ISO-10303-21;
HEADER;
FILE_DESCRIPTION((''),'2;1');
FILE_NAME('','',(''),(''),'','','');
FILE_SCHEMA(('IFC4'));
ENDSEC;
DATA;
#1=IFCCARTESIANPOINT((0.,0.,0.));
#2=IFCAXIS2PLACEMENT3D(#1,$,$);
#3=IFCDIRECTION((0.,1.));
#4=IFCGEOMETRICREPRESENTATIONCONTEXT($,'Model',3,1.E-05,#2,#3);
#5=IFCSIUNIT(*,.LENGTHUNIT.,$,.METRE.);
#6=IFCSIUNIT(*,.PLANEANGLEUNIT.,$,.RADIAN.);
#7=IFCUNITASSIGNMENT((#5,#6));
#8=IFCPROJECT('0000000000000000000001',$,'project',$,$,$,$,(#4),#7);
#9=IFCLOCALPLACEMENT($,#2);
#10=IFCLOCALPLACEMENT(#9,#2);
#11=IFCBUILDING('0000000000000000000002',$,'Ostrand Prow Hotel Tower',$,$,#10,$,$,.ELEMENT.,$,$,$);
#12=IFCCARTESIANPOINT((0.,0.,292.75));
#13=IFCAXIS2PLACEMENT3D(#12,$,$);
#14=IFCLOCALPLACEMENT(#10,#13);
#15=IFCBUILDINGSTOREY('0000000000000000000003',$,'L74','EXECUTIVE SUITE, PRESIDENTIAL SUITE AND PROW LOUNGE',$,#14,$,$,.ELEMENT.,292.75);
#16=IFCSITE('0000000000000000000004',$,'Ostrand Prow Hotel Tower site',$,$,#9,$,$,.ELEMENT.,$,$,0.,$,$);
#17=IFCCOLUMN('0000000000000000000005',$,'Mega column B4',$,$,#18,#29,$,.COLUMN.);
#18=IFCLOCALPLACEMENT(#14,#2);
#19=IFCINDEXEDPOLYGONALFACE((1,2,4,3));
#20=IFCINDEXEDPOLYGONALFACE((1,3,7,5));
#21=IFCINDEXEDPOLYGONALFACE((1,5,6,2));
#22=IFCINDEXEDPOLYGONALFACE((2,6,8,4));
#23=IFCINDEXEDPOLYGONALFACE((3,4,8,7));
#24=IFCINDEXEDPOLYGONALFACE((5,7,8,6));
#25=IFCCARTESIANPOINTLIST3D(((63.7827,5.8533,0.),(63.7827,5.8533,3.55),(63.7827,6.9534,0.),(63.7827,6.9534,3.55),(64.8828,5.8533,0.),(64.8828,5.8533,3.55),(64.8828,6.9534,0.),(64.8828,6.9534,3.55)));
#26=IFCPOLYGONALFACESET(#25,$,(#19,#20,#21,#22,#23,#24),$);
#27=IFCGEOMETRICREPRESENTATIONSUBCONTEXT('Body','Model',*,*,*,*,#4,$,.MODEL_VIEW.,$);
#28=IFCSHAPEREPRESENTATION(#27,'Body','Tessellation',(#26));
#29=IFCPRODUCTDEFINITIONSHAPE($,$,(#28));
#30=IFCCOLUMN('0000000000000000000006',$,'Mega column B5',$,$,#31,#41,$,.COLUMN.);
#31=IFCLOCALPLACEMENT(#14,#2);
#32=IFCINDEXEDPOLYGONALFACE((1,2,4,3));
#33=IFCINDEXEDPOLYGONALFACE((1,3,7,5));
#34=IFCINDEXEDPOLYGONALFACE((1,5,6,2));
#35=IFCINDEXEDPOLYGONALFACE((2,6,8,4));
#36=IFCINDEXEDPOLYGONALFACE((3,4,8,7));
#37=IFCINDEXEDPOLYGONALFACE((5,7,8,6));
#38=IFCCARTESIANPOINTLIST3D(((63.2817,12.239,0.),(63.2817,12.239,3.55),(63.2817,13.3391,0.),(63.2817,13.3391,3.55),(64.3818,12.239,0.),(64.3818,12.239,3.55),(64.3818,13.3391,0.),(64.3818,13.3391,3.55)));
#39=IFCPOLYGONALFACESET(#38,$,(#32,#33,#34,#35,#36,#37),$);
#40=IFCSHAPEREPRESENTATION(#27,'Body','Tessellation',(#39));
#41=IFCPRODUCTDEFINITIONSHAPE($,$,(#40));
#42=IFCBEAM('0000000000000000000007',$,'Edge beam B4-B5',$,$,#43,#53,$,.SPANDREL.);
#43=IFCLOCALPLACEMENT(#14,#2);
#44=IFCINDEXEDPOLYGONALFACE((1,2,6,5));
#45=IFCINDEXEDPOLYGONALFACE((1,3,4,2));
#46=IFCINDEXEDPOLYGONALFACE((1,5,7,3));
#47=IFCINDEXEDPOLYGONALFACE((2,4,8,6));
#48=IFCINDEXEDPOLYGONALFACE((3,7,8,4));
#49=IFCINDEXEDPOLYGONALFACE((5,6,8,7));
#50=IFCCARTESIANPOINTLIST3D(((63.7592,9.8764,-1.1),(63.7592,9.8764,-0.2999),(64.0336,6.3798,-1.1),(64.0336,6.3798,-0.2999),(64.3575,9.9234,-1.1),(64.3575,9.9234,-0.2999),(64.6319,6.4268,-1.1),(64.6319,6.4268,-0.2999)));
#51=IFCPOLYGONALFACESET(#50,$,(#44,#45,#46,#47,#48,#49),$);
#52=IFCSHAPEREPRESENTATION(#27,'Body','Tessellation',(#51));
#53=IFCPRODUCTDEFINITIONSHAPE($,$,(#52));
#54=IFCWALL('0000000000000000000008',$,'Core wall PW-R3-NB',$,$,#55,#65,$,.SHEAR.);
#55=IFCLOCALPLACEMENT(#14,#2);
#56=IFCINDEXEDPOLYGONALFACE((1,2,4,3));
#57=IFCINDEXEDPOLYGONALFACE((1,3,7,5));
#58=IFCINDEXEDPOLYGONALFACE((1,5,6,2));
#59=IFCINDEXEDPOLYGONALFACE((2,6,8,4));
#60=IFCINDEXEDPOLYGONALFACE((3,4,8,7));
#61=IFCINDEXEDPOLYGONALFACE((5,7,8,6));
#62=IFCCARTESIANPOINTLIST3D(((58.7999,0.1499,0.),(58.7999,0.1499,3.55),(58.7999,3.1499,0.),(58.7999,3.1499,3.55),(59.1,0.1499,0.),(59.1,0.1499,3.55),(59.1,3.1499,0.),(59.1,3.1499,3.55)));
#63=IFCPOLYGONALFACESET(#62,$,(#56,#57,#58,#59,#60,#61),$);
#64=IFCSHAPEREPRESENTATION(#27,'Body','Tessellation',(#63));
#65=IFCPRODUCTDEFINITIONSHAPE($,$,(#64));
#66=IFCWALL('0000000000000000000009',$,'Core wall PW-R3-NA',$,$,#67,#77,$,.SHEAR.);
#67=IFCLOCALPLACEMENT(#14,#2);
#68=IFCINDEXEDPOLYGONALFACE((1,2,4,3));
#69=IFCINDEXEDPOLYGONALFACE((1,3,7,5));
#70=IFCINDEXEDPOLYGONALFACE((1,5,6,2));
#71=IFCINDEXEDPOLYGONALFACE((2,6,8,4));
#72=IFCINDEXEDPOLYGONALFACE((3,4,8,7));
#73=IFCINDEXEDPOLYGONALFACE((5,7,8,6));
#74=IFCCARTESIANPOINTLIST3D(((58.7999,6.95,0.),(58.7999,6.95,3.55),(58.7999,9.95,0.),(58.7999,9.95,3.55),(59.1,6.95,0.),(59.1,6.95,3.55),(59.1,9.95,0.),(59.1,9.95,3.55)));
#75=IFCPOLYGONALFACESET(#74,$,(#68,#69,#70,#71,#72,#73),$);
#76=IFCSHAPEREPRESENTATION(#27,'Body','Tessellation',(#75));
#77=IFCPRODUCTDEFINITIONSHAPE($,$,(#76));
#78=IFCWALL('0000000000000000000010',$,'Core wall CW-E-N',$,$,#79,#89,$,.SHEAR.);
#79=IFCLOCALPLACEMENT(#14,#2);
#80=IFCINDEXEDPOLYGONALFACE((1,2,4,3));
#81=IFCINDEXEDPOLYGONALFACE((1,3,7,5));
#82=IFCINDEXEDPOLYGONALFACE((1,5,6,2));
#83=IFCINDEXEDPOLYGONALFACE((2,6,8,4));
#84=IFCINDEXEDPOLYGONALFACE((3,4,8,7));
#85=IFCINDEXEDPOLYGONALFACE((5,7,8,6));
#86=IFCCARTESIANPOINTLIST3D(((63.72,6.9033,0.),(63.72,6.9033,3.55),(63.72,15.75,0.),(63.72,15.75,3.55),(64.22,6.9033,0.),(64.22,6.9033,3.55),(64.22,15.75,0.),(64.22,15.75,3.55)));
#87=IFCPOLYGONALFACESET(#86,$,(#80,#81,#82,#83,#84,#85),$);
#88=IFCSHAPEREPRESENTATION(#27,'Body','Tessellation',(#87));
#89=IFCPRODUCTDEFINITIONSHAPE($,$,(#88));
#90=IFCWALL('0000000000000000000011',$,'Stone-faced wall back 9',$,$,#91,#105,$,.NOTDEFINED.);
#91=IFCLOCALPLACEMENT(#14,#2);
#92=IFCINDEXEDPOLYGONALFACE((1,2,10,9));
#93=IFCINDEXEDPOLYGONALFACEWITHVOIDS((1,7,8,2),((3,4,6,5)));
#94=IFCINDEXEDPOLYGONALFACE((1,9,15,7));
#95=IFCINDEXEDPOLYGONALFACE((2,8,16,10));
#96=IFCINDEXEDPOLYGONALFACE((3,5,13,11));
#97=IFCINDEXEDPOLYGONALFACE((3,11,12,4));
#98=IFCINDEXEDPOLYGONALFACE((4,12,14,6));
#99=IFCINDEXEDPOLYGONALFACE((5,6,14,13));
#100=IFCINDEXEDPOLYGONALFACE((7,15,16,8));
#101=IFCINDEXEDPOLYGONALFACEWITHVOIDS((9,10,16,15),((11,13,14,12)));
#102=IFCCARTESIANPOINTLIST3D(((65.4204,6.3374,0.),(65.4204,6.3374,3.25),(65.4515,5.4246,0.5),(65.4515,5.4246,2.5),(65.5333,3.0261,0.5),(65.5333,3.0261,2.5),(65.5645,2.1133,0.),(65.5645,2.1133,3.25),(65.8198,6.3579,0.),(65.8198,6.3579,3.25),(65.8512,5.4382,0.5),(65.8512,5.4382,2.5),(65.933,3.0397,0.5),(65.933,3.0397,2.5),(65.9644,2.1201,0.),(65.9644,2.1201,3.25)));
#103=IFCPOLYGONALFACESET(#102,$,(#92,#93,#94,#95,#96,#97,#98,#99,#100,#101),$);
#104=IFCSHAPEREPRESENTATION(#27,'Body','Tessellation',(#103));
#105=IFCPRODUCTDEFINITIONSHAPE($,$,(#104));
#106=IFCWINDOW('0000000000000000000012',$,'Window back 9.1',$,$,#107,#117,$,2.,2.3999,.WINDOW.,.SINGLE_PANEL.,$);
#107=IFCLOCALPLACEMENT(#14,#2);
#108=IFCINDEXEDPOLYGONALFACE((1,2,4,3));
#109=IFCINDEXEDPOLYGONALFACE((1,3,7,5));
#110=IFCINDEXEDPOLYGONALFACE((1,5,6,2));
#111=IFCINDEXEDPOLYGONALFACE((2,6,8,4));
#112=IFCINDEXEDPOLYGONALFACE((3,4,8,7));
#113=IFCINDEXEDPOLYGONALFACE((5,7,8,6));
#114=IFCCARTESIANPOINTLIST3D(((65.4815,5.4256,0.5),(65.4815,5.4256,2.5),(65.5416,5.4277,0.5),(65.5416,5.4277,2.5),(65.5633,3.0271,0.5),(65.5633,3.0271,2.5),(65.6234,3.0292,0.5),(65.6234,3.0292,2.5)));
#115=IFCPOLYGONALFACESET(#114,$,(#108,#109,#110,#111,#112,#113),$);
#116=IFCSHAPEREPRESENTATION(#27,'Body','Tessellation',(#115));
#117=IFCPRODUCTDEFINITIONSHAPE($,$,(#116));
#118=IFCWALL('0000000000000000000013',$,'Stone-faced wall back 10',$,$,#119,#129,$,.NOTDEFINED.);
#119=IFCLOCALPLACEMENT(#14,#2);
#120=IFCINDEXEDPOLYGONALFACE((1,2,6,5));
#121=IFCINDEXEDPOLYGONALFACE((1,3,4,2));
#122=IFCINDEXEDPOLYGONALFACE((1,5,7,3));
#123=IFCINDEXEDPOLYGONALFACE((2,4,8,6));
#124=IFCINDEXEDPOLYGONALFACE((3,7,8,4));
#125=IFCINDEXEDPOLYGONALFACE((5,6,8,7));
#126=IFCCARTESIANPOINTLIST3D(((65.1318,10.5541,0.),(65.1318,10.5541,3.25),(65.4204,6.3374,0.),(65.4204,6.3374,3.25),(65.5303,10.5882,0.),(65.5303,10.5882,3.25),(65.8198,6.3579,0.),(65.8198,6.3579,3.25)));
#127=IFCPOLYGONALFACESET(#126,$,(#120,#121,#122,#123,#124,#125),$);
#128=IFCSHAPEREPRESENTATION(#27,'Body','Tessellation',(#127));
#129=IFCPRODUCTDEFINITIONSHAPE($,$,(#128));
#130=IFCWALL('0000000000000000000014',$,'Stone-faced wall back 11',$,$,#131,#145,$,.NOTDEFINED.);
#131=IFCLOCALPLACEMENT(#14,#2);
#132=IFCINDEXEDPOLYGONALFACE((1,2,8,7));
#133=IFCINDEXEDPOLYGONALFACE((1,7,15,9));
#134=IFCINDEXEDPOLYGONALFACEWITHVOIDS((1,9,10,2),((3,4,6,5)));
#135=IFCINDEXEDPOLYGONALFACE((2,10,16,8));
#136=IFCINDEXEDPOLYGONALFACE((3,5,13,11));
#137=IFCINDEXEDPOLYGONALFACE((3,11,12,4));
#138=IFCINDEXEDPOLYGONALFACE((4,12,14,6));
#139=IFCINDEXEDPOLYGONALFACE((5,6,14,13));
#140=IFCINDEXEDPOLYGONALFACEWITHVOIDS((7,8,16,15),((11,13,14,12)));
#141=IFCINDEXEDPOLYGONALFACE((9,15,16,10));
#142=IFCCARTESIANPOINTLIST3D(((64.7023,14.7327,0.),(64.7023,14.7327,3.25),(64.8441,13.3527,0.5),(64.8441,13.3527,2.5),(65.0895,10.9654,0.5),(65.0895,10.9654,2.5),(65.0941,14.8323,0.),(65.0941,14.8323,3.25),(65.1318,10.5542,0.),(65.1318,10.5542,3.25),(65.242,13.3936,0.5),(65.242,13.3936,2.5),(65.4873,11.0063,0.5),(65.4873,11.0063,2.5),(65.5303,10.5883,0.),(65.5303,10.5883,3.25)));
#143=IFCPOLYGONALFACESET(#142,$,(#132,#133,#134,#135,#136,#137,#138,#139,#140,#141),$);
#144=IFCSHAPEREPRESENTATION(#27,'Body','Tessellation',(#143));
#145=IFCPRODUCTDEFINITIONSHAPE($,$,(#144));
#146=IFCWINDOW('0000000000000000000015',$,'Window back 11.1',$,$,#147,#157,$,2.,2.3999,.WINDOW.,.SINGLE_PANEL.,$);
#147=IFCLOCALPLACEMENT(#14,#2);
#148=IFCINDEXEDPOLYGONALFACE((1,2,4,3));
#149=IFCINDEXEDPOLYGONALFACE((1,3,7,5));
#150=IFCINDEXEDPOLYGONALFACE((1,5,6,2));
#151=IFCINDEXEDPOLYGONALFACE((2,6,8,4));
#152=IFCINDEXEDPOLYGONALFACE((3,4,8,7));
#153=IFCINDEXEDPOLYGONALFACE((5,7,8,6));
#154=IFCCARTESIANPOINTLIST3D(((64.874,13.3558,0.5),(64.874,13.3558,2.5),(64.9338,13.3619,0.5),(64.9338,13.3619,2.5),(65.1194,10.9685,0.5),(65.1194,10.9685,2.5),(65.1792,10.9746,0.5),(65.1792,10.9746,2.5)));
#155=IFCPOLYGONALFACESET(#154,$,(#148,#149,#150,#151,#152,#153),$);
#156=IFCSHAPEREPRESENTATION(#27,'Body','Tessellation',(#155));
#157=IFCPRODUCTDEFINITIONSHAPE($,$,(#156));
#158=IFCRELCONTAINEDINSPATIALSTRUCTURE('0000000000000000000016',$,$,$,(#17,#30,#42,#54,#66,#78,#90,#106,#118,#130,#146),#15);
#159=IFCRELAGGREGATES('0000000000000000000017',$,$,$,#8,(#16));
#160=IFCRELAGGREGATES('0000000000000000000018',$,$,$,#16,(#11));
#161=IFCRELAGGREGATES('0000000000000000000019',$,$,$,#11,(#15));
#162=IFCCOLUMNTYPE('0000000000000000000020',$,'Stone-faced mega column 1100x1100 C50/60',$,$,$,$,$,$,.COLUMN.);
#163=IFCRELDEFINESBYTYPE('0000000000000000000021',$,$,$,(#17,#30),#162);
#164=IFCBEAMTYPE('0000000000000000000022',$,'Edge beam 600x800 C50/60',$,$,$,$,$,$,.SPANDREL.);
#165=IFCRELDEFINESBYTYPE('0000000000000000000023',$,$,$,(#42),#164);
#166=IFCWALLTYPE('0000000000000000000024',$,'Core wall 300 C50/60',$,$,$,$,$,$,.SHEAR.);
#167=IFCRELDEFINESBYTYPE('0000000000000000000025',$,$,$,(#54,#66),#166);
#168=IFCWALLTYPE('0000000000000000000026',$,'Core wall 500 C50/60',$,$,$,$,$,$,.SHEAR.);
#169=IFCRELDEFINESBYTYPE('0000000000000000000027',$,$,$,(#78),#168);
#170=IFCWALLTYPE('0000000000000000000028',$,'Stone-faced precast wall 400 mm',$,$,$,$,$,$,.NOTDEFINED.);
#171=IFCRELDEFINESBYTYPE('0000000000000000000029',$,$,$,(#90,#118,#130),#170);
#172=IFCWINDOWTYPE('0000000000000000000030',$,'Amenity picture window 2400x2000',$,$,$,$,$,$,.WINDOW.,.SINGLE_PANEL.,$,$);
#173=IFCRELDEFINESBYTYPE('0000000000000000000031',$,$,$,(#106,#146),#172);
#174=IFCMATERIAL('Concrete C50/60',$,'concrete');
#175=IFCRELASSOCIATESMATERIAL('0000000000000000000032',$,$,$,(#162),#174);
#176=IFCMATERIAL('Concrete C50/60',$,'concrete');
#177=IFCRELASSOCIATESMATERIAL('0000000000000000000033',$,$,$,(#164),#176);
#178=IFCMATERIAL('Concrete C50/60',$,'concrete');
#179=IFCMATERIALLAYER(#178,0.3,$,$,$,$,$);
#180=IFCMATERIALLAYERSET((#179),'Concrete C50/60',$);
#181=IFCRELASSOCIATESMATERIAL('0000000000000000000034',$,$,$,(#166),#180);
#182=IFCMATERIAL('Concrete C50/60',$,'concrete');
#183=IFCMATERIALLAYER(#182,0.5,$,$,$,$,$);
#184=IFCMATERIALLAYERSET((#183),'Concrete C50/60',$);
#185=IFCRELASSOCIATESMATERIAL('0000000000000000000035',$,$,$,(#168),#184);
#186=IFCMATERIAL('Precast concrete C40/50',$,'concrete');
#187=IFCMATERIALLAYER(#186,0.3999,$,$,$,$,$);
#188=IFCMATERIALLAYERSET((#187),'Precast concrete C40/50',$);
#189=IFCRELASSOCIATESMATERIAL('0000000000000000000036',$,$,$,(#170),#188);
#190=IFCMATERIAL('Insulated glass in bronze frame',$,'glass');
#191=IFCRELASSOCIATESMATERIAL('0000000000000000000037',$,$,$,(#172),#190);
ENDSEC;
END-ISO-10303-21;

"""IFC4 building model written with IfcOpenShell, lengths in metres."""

from ifc_helpers import new_model, si_unit, direction, frame, frame_2d, origin, origin_2d, place, context, subcontext, project, spatial, polyline, rectangle, outline, extrude, material, layer, layer_set, material_profile, profile_set, type_object, element, fill, save


model = new_model("IFC4")

# Units and contexts
model_context = context("Model", 3, precision=1e-05, world=origin(), true_north=direction((0.0, 1.0)))
body_context = subcontext(model_context, "Body", "Model", "MODEL_VIEW")
ifc_project = project(units=[si_unit("LENGTHUNIT", "METRE"), si_unit("PLANEANGLEUNIT", "RADIAN")], contexts=[model_context])

# Site, building, storey
site_placement = place(None, origin())
site = spatial("IfcSite", under=ifc_project, at=site_placement, Name="Ostrand Prow Hotel Tower site", CompositionType="ELEMENT", RefElevation=0.0)
building_placement = place(site_placement, origin())
building = spatial("IfcBuilding", under=site, at=building_placement, Name="Ostrand Prow Hotel Tower", CompositionType="ELEMENT")
storey_placement = place(building_placement, frame((0.0, 0.0, 292.75)))
storey = spatial("IfcBuildingStorey", under=building, at=storey_placement, Name="L74", Description="EXECUTIVE SUITE, PRESIDENTIAL SUITE AND PROW LOUNGE", CompositionType="ELEMENT", Elevation=292.75)

# Columns
ifc_material_1 = material(Name="Concrete C50/60", Category="concrete")
ifc_material_profile_1 = material_profile(ifc_material_1, rectangle(XDim=1.1001, YDim=1.1001, at=origin_2d()), Name="RC 1100x1100")
ifc_profile_set_1 = profile_set([ifc_material_profile_1], Name="Concrete C50/60")
column_type = type_object("IfcColumnType", Name="Stone-faced mega column 1100x1100 C50/60", PredefinedType="COLUMN", material=ifc_profile_set_1)
for number, where, z_axis, x_axis, name in (
    (1, (64.3328, 6.4033, 0.0), (0.0, 0.0, 1.0), (1.0, 0.0, 0.0), "Mega column B4"),
    (2, (63.8318, 12.7891, 0.0), (0.0, 0.0, 1.0), (1.0, 0.0, 0.0), "Mega column B5"),
):
    element("IfcColumn", number, at=place(storey_placement, frame(where, z_axis=z_axis, x_axis=x_axis)), inside=storey, type_object=column_type, Name=name, PredefinedType="COLUMN", context=body_context, shape_type="SweptSolid", body=[
        extrude(rectangle(XDim=1.1001, YDim=1.1001, at=origin_2d()), origin(), (0.0, 0.0, 1.0), 3.55),
    ])

# Beam
ifc_material_2 = material(Name="Concrete C50/60", Category="concrete")
ifc_material_profile_2 = material_profile(ifc_material_2, rectangle(XDim=0.6001, YDim=0.8, at=origin_2d()), Name="RC 600x800")
ifc_profile_set_2 = profile_set([ifc_material_profile_2], Name="Concrete C50/60")
beam_type = type_object("IfcBeamType", Name="Edge beam 600x800 C50/60", PredefinedType="SPANDREL", material=ifc_profile_set_2)
beam_placement = place(storey_placement, frame((64.3328, 6.4033, -0.7), z_axis=(-0.07824, 0.996935, 0.0), x_axis=(-0.996935, -0.07824, 0.0)))
element("IfcBeam", 3, at=beam_placement, inside=storey, type_object=beam_type, Name="Edge beam B4-B5", PredefinedType="SPANDREL", context=body_context, shape_type="SweptSolid", body=[
    extrude(rectangle(XDim=0.6001, YDim=0.8, at=origin_2d()), origin(), (0.0, 0.0, 1.0), 3.5073),
])

# Walls
ifc_material_3 = material(Name="Concrete C50/60", Category="concrete")
ifc_layer_1 = layer(ifc_material_3, 0.3)
ifc_layer_set_1 = layer_set([ifc_layer_1], Name="Concrete C50/60")
wall_type_1 = type_object("IfcWallType", Name="Core wall 300 C50/60", PredefinedType="SHEAR", material=ifc_layer_set_1)
for number, where, z_axis, x_axis, name in (
    (4, (58.95, 0.1499, 0.0), (0.0, 0.0, 1.0), (0.0, 1.0, 0.0), "Core wall PW-R3-NB"),
    (5, (58.95, 6.95, 0.0), (0.0, 0.0, 1.0), (0.0, 1.0, 0.0), "Core wall PW-R3-NA"),
):
    element("IfcWall", number, at=place(storey_placement, frame(where, z_axis=z_axis, x_axis=x_axis)), inside=storey, type_object=wall_type_1, Name=name, PredefinedType="SHEAR", context=body_context, shape_type="SweptSolid", body=[
        extrude(rectangle(XDim=3.0, YDim=0.3, at=frame_2d((1.5, 0.0))), origin(), (0.0, 0.0, 1.0), 3.55),
    ])
ifc_material_4 = material(Name="Concrete C50/60", Category="concrete")
ifc_layer_2 = layer(ifc_material_4, 0.5)
ifc_layer_set_2 = layer_set([ifc_layer_2], Name="Concrete C50/60")
wall_type_2 = type_object("IfcWallType", Name="Core wall 500 C50/60", PredefinedType="SHEAR", material=ifc_layer_set_2)
wall_1_placement = place(storey_placement, frame((63.97, 6.9033, 0.0), z_axis=(0.0, 0.0, 1.0), x_axis=(0.0, 1.0, 0.0)))
element("IfcWall", 6, at=wall_1_placement, inside=storey, type_object=wall_type_2, Name="Core wall CW-E-N", PredefinedType="SHEAR", context=body_context, shape_type="SweptSolid", body=[
    extrude(rectangle(XDim=8.8467, YDim=0.5, at=frame_2d((4.4233, 0.0))), origin(), (0.0, 0.0, 1.0), 3.55),
])

# Wall, opening, window
ifc_material_5 = material(Name="Precast concrete C40/50", Category="concrete")
ifc_layer_3 = layer(ifc_material_5, 0.3999)
ifc_layer_set_3 = layer_set([ifc_layer_3], Name="Precast concrete C40/50")
wall_type_3 = type_object("IfcWallType", Name="Stone-faced precast wall 400 mm", PredefinedType="NOTDEFINED", material=ifc_layer_set_3)
wall_2_placement = place(storey_placement, frame((65.7644, 2.1167, 0.0), z_axis=(0.0, 0.0, 1.0), x_axis=(-0.034083, 0.999419, 0.0)))
wall_2 = element("IfcWall", 7, at=wall_2_placement, inside=storey, type_object=wall_type_3, Name="Stone-faced wall back 9", PredefinedType="NOTDEFINED", context=body_context, shape_type="SweptSolid", body=[
    extrude(outline(polyline([(-0.0034, -0.2), (4.2368, -0.2), (4.23, 0.2), (0.0034, 0.2), (-0.0034, -0.2)])), origin(), (0.0, 0.0, 1.0), 3.25),
])
opening_1_placement = place(wall_2_placement, frame((0.9167, 0.0, 0.5)))
opening_1 = element("IfcOpeningElement", 8, at=opening_1_placement, cuts=wall_2, PredefinedType="OPENING", context=body_context, shape_type="SweptSolid", body=[
    extrude(rectangle(XDim=2.3999, YDim=2.0, at=frame_2d((1.2, 1.0))), frame((0.0, 0.21, 0.0), z_axis=(0.0, -1.0, 0.0), x_axis=(1.0, 0.0, 0.0)), (0.0, 0.0, 1.0), 0.4199),
])
ifc_material_6 = material(Name="Insulated glass in bronze frame", Category="glass")
window_type = type_object("IfcWindowType", Name="Amenity picture window 2400x2000", PartitioningType="SINGLE_PANEL", PredefinedType="WINDOW", material=ifc_material_6)
window_1_placement = place(opening_1_placement, origin())
window_1 = element("IfcWindow", 9, at=window_1_placement, inside=storey, type_object=window_type, Name="Window back 9.1", OverallHeight=2.0, OverallWidth=2.3999, PartitioningType="SINGLE_PANEL", PredefinedType="WINDOW", context=body_context, shape_type="SweptSolid", body=[
    extrude(rectangle(XDim=2.3999, YDim=2.0, at=frame_2d((1.2, 1.0))), frame((0.0, 0.1699, 0.0), z_axis=(0.0, -1.0, 0.0), x_axis=(1.0, 0.0, 0.0)), (0.0, 0.0, 1.0), 0.0601),
])
fill(opening_1, window_1)

# Wall
wall_3_placement = place(storey_placement, frame((65.6201, 6.3477, 0.0), z_axis=(0.0, 0.0, 1.0), x_axis=(-0.06828, 0.997666, 0.0)))
element("IfcWall", 10, at=wall_3_placement, inside=storey, type_object=wall_type_3, Name="Stone-faced wall back 10", PredefinedType="NOTDEFINED", context=body_context, shape_type="SweptSolid", body=[
    extrude(outline(polyline([(-0.0034, -0.2), (4.2368, -0.2), (4.23, 0.2), (0.0034, 0.2), (-0.0034, -0.2)])), origin(), (0.0, 0.0, 1.0), 3.25),
])

# Wall, opening, window
wall_4_placement = place(storey_placement, frame((65.3311, 10.5713, 0.0), z_axis=(0.0, 0.0, 1.0), x_axis=(-0.10225, 0.994759, 0.0)))
wall_4 = element("IfcWall", 11, at=wall_4_placement, inside=storey, type_object=wall_type_3, Name="Stone-faced wall back 11", PredefinedType="NOTDEFINED", context=body_context, shape_type="SweptSolid", body=[
    extrude(outline(polyline([(-0.0034, -0.2), (4.2629, -0.2), (4.2039, 0.2), (0.0034, 0.2), (-0.0034, -0.2)])), origin(), (0.0, 0.0, 1.0), 3.25),
])
opening_2_placement = place(wall_4_placement, frame((0.4167, 0.0, 0.5)))
opening_2 = element("IfcOpeningElement", 12, at=opening_2_placement, cuts=wall_4, PredefinedType="OPENING", context=body_context, shape_type="SweptSolid", body=[
    extrude(rectangle(XDim=2.3999, YDim=2.0, at=frame_2d((1.2, 1.0))), frame((0.0, 0.21, 0.0), z_axis=(0.0, -1.0, 0.0), x_axis=(1.0, 0.0, 0.0)), (0.0, 0.0, 1.0), 0.4199),
])
window_2_placement = place(opening_2_placement, origin())
window_2 = element("IfcWindow", 13, at=window_2_placement, inside=storey, type_object=window_type, Name="Window back 11.1", OverallHeight=2.0, OverallWidth=2.3999, PartitioningType="SINGLE_PANEL", PredefinedType="WINDOW", context=body_context, shape_type="SweptSolid", body=[
    extrude(rectangle(XDim=2.3999, YDim=2.0, at=frame_2d((1.2, 1.0))), frame((0.0, 0.1699, 0.0), z_axis=(0.0, -1.0, 0.0), x_axis=(1.0, 0.0, 0.0)), (0.0, 0.0, 1.0), 0.0601),
])
fill(opening_2, window_2)

save(model, "model.ifc")
